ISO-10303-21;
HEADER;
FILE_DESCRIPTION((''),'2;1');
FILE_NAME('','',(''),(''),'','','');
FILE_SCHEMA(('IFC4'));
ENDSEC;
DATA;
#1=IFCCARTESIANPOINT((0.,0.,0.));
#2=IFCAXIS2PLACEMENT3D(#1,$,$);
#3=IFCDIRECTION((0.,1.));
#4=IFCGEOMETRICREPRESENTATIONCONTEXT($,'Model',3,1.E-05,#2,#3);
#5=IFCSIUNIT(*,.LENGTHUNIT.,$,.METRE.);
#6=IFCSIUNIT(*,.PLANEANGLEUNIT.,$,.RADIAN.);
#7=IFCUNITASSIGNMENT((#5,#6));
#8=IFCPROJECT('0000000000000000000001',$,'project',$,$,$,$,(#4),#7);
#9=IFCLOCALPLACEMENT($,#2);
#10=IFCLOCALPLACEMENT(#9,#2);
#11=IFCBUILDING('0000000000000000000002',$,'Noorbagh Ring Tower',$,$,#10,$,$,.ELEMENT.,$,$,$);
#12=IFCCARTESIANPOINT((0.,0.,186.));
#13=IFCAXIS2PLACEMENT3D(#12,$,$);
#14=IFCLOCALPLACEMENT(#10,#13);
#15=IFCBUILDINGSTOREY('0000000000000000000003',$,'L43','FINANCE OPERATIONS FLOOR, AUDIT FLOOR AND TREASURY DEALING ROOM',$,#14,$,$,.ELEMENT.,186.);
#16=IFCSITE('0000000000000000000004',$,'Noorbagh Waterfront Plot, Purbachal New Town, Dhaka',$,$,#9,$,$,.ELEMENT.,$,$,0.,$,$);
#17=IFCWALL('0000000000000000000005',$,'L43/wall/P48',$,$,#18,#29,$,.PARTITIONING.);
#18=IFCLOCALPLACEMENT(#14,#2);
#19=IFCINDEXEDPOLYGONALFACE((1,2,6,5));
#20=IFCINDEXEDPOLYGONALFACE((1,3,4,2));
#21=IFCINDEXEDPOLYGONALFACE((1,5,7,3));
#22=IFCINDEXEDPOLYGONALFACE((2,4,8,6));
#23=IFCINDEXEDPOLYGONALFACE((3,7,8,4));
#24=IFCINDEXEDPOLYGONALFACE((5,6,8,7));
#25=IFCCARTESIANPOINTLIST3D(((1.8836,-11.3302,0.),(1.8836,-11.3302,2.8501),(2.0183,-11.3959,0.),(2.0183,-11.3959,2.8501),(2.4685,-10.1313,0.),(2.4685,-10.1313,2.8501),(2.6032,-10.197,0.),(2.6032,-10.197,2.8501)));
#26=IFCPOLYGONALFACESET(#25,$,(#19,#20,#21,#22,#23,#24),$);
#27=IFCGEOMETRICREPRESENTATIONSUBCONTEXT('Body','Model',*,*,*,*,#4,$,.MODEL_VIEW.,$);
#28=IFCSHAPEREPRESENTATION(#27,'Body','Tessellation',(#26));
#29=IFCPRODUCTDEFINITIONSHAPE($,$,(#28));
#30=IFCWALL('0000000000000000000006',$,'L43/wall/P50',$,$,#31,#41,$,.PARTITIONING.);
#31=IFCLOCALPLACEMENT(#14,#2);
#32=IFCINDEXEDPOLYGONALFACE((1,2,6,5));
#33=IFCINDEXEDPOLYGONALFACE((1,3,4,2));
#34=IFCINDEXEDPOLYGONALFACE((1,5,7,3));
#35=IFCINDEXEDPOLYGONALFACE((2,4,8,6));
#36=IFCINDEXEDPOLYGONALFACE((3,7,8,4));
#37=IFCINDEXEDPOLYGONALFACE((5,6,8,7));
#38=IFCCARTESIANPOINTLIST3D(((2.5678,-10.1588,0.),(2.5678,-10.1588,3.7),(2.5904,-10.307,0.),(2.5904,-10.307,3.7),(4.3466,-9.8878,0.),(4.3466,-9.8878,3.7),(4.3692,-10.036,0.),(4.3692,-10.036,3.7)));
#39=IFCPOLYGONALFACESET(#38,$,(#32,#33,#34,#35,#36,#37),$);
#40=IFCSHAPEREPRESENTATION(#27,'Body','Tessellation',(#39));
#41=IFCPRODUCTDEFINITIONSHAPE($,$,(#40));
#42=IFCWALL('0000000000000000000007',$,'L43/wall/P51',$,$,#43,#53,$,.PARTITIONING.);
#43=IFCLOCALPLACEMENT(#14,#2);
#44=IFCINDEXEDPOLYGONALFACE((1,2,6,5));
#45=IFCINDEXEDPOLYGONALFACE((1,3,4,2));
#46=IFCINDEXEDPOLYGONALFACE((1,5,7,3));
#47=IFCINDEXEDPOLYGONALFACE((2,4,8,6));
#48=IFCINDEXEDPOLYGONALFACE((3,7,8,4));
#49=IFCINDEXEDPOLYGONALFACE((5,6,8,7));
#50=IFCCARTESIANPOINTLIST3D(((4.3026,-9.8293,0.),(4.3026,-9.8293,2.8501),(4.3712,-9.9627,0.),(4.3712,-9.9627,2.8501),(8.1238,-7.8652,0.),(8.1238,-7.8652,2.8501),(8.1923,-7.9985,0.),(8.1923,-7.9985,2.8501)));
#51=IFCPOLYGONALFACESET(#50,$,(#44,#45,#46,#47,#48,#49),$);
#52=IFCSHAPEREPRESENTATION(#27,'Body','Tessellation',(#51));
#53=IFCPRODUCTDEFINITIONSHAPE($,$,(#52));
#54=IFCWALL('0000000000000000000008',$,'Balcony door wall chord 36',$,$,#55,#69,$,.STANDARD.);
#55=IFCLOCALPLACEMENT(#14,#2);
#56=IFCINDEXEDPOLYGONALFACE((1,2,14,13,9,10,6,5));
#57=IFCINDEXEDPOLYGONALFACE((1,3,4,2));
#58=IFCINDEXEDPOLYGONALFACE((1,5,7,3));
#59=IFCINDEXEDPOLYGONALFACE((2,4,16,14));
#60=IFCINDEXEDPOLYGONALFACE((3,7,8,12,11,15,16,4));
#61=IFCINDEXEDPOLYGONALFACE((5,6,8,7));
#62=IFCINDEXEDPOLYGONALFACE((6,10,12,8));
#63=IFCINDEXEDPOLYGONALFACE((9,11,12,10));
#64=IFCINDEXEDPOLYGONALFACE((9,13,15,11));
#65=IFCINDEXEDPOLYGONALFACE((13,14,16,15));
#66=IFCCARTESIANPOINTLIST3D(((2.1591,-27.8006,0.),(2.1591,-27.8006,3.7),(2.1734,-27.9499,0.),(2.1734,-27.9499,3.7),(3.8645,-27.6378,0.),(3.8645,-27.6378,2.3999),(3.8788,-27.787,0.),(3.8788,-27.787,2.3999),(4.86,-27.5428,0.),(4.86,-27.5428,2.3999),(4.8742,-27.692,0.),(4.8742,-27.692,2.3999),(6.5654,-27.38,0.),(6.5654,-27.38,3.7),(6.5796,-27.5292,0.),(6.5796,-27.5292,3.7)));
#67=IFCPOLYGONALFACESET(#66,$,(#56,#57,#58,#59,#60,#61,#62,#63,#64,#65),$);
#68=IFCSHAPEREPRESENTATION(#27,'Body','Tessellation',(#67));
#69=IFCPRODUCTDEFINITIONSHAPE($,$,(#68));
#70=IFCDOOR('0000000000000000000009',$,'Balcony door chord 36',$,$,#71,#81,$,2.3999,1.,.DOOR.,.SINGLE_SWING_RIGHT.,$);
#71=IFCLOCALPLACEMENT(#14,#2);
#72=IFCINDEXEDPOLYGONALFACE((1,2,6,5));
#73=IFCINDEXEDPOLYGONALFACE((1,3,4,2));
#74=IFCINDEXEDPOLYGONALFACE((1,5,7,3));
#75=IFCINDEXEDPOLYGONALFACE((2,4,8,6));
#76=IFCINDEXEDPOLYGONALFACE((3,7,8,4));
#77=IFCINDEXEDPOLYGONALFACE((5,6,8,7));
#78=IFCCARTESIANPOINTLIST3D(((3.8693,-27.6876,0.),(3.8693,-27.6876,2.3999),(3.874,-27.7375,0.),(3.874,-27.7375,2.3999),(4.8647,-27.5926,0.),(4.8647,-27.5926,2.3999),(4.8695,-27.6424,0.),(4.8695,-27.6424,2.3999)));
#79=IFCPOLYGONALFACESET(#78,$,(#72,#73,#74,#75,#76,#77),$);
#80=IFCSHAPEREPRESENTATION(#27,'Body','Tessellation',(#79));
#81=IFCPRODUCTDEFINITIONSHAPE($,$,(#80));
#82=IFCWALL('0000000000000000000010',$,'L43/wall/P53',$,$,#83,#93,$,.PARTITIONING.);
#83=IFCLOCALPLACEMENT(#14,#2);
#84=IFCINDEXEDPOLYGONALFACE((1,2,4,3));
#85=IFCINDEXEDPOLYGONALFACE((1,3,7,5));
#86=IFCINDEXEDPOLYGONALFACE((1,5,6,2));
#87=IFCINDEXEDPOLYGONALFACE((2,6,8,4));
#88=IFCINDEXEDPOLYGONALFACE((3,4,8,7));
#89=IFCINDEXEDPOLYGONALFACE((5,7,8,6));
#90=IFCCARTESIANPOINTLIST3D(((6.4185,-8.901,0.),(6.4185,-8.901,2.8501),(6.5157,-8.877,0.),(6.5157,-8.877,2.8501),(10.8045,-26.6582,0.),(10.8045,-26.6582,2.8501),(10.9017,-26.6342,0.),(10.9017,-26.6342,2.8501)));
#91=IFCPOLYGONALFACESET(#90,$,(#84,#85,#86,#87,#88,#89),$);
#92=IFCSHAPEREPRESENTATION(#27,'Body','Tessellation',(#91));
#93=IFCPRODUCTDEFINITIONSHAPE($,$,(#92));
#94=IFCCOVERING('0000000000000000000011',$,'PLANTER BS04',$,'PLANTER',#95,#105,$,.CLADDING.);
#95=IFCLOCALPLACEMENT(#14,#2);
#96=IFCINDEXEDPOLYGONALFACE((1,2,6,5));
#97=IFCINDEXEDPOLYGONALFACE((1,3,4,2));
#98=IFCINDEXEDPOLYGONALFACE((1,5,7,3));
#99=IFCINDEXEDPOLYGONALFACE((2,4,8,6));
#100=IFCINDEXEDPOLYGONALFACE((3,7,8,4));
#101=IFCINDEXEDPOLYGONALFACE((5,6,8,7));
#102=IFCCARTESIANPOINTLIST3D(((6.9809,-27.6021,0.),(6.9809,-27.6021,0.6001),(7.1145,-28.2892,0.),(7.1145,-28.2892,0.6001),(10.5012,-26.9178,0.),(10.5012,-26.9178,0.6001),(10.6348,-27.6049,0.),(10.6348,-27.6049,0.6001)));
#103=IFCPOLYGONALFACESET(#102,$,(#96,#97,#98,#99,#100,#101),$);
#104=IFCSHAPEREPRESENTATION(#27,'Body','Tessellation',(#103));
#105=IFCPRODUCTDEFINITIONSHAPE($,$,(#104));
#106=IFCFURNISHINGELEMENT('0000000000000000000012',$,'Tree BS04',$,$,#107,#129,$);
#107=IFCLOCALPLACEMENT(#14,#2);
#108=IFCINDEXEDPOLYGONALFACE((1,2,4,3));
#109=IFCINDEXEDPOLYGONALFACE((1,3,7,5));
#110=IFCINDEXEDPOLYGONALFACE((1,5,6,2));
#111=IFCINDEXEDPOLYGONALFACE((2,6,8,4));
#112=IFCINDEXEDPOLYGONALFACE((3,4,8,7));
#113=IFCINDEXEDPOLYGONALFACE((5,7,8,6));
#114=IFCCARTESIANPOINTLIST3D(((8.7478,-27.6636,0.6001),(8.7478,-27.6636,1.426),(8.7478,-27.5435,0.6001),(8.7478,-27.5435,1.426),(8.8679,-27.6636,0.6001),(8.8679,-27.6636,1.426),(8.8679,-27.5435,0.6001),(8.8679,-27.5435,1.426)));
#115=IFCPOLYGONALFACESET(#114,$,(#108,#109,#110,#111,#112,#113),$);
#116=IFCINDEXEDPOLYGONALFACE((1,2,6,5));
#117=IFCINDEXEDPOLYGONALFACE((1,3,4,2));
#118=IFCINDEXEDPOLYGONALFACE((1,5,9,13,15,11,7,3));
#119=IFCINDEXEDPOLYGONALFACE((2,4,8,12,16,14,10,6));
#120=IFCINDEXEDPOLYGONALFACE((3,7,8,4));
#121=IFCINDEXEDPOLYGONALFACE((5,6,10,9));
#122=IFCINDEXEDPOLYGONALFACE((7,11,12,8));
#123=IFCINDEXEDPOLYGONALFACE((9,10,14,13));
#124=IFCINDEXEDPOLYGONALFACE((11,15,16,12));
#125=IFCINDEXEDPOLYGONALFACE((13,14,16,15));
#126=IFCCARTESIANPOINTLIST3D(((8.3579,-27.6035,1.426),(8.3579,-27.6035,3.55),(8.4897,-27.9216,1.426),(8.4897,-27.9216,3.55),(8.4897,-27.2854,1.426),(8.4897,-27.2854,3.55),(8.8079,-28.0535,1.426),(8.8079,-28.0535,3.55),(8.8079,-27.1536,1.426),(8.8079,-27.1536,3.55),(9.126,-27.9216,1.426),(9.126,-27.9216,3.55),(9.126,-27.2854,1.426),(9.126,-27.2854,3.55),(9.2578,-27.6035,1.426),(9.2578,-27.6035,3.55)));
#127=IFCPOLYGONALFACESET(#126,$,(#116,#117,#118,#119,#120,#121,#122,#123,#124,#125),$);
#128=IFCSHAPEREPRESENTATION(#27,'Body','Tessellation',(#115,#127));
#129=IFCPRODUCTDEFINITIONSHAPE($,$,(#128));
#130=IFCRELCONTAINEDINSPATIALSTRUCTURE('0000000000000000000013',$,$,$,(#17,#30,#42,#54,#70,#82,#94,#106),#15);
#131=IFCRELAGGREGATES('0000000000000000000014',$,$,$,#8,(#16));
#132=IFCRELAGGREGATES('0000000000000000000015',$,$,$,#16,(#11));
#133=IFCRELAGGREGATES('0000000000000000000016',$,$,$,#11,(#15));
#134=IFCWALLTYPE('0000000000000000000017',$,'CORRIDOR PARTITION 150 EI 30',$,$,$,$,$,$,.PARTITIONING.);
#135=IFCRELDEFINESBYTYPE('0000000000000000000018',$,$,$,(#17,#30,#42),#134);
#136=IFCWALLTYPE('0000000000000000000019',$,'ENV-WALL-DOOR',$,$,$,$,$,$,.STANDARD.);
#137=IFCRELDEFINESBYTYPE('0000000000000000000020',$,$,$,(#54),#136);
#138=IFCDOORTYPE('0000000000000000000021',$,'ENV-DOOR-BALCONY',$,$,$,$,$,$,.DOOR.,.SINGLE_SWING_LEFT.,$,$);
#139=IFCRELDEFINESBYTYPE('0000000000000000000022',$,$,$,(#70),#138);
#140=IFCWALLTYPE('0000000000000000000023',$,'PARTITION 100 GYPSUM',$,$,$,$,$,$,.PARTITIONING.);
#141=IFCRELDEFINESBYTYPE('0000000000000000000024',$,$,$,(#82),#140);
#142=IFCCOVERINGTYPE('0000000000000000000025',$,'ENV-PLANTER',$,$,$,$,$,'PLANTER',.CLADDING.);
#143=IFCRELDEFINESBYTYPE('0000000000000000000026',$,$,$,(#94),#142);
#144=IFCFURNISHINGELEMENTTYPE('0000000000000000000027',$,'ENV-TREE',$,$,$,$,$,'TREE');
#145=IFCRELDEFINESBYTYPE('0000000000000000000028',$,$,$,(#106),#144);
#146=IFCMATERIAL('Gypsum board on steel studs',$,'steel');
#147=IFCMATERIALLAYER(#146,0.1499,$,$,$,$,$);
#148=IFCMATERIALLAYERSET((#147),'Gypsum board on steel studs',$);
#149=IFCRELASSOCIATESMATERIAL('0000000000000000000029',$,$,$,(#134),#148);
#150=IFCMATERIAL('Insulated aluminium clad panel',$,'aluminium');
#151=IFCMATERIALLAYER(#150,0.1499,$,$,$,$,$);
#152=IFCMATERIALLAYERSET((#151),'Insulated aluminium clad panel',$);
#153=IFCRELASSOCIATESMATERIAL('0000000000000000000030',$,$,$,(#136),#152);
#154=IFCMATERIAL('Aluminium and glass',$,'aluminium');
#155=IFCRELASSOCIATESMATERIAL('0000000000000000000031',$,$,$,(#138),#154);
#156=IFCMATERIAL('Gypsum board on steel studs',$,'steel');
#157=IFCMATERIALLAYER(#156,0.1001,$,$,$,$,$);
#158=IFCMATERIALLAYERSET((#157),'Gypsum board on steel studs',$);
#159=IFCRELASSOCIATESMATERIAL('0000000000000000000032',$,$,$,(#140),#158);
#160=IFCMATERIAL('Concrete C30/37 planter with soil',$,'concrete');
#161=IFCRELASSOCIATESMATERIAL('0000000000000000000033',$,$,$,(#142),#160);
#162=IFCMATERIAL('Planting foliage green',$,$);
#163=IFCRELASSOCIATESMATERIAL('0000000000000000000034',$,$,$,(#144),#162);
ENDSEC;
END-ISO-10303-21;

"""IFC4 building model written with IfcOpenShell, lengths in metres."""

from ifc_helpers import new_model, si_unit, direction, frame, frame_2d, origin, origin_2d, place, context, subcontext, project, spatial, polyline, rectangle, outline, extrude, material, layer, layer_set, type_object, element, fill, save


model = new_model("IFC4")

# Units and contexts
model_context = context("Model", 3, precision=1e-05, world=origin(), true_north=direction((0.0, 1.0)))
body_context = subcontext(model_context, "Body", "Model", "MODEL_VIEW")
ifc_project = project(units=[si_unit("LENGTHUNIT", "METRE"), si_unit("PLANEANGLEUNIT", "RADIAN")], contexts=[model_context])

# Site, building, storey
site_placement = place(None, origin())
site = spatial("IfcSite", under=ifc_project, at=site_placement, Name="Noorbagh Waterfront Plot, Purbachal New Town, Dhaka", CompositionType="ELEMENT", RefElevation=0.0)
building_placement = place(site_placement, origin())
building = spatial("IfcBuilding", under=site, at=building_placement, Name="Noorbagh Ring Tower", CompositionType="ELEMENT")
storey_placement = place(building_placement, frame((0.0, 0.0, 186.0)))
storey = spatial("IfcBuildingStorey", under=building, at=storey_placement, Name="L43", Description="FINANCE OPERATIONS FLOOR, AUDIT FLOOR AND TREASURY DEALING ROOM", CompositionType="ELEMENT", Elevation=186.0)

# Walls
ifc_material_1 = material(Name="Gypsum board on steel studs", Category="steel")
ifc_layer_1 = layer(ifc_material_1, 0.1499)
ifc_layer_set_1 = layer_set([ifc_layer_1], Name="Gypsum board on steel studs")
wall_type_1 = type_object("IfcWallType", Name="CORRIDOR PARTITION 150 EI 30", PredefinedType="PARTITIONING", material=ifc_layer_set_1)
wall_1_placement = place(storey_placement, frame((1.9509, -11.363, 0.0), z_axis=(0.0, 0.0, 1.0), x_axis=(0.438481, 0.89874, 0.0)))
element("IfcWall", 1, at=wall_1_placement, inside=storey, type_object=wall_type_1, Name="L43/wall/P48", PredefinedType="PARTITIONING", context=body_context, shape_type="SweptSolid", body=[
    extrude(rectangle(XDim=1.334, YDim=0.1499, at=frame_2d((0.667, 0.0))), origin(), (0.0, 0.0, 1.0), 2.8501),
])
wall_2_placement = place(storey_placement, frame((2.5791, -10.2329, 0.0), z_axis=(0.0, 0.0, 1.0), x_axis=(0.988593, 0.150609, 0.0)))
element("IfcWall", 2, at=wall_2_placement, inside=storey, type_object=wall_type_1, Name="L43/wall/P50", PredefinedType="PARTITIONING", context=body_context, shape_type="SweptSolid", body=[
    extrude(rectangle(XDim=1.7993, YDim=0.1499, at=frame_2d((0.8997, 0.0))), origin(), (0.0, 0.0, 1.0), 3.7),
])
wall_3_placement = place(storey_placement, frame((4.3369, -9.896, 0.0), z_axis=(0.0, 0.0, 1.0), x_axis=(0.889382, 0.457164, 0.0)))
element("IfcWall", 3, at=wall_3_placement, inside=storey, type_object=wall_type_1, Name="L43/wall/P51", PredefinedType="PARTITIONING", context=body_context, shape_type="SweptSolid", body=[
    extrude(rectangle(XDim=4.2964, YDim=0.1499, at=frame_2d((2.1482, 0.0))), origin(), (0.0, 0.0, 1.0), 2.8501),
])

# Wall, opening, door
ifc_material_2 = material(Name="Insulated aluminium clad panel", Category="aluminium")
ifc_layer_2 = layer(ifc_material_2, 0.1499)
ifc_layer_set_2 = layer_set([ifc_layer_2], Name="Insulated aluminium clad panel")
wall_type_2 = type_object("IfcWallType", Name="ENV-WALL-DOOR", PredefinedType="STANDARD", material=ifc_layer_set_2)
wall_4_placement = place(storey_placement, frame((2.1663, -27.8752, 0.0), z_axis=(0.0, 0.0, 1.0), x_axis=(0.995474, 0.095036, 0.0)))
wall_4 = element("IfcWall", 4, at=wall_4_placement, inside=storey, type_object=wall_type_2, Name="Balcony door wall chord 36", PredefinedType="STANDARD", context=body_context, shape_type="SweptSolid", body=[
    extrude(rectangle(XDim=4.4263, YDim=0.1499, at=frame_2d((2.2131, 0.0))), origin(), (0.0, 0.0, 1.0), 3.7),
])
opening_placement = place(wall_4_placement, frame((1.7131, 0.0, 0.0)))
opening = element("IfcOpeningElement", 5, at=opening_placement, cuts=wall_4, PredefinedType="OPENING", context=body_context, shape_type="SweptSolid", body=[
    extrude(rectangle(XDim=1.0, YDim=2.3999, at=frame_2d((0.5, 1.2))), frame((0.0, 0.085, 0.0), z_axis=(0.0, -1.0, 0.0), x_axis=(1.0, 0.0, 0.0)), (0.0, 0.0, 1.0), 0.1699),
])
ifc_material_3 = material(Name="Aluminium and glass", Category="aluminium")
door_type = type_object("IfcDoorType", Name="ENV-DOOR-BALCONY", OperationType="SINGLE_SWING_LEFT", PredefinedType="DOOR", material=ifc_material_3)
door_placement = place(opening_placement, origin())
door = element("IfcDoor", 6, at=door_placement, inside=storey, type_object=door_type, Name="Balcony door chord 36", OperationType="SINGLE_SWING_RIGHT", OverallHeight=2.3999, OverallWidth=1.0, PredefinedType="DOOR", context=body_context, shape_type="SweptSolid", body=[
    extrude(rectangle(XDim=1.0, YDim=2.3999, at=frame_2d((0.5, 1.2))), frame((0.0, 0.0249, 0.0), z_axis=(0.0, -1.0, 0.0), x_axis=(1.0, 0.0, 0.0)), (0.0, 0.0, 1.0), 0.05),
])
fill(opening, door)

# Wall
ifc_material_4 = material(Name="Gypsum board on steel studs", Category="steel")
ifc_layer_3 = layer(ifc_material_4, 0.1001)
ifc_layer_set_3 = layer_set([ifc_layer_3], Name="Gypsum board on steel studs")
wall_type_3 = type_object("IfcWallType", Name="PARTITION 100 GYPSUM", PredefinedType="PARTITIONING", material=ifc_layer_set_3)
wall_5_placement = place(storey_placement, frame((6.467, -8.8889, 0.0), z_axis=(0.0, 0.0, 1.0), x_axis=(0.239793, -0.970824, 0.0)))
element("IfcWall", 7, at=wall_5_placement, inside=storey, type_object=wall_type_3, Name="L43/wall/P53", PredefinedType="PARTITIONING", context=body_context, shape_type="SweptSolid", body=[
    extrude(rectangle(XDim=18.2908, YDim=0.1001, at=frame_2d((9.1455, 0.0))), origin(), (0.0, 0.0, 1.0), 2.8501),
])

# Covering
ifc_material_5 = material(Name="Concrete C30/37 planter with soil", Category="concrete")
covering_type = type_object("IfcCoveringType", Name="ENV-PLANTER", ElementType="PLANTER", PredefinedType="CLADDING", material=ifc_material_5)
covering_placement = place(storey_placement, frame((8.8079, -27.6035, 0.0), z_axis=(0.0, 0.0, 1.0), x_axis=(0.981625, 0.19082, 0.0)))
element("IfcCovering", 8, at=covering_placement, inside=storey, type_object=covering_type, Name="PLANTER BS04", ObjectType="PLANTER", PredefinedType="CLADDING", context=body_context, shape_type="SweptSolid", body=[
    extrude(rectangle(XDim=3.5862, YDim=0.7, at=origin_2d()), origin(), (0.0, 0.0, 1.0), 0.6001),
])

# Furnishing element
ifc_material_6 = material(Name="Planting foliage green")
furnishing_element_type = type_object("IfcFurnishingElementType", Name="ENV-TREE", ElementType="TREE", material=ifc_material_6)
furnishing_placement = place(storey_placement, frame((8.8079, -27.6035, 0.6001), z_axis=(0.0, 0.0, 1.0), x_axis=(1.0, 0.0, 0.0)))
element("IfcFurnishingElement", 9, at=furnishing_placement, inside=storey, type_object=furnishing_element_type, Name="Tree BS04", context=body_context, shape_type="SweptSolid", body=[
    extrude(rectangle(XDim=0.1201, YDim=0.1201, at=origin_2d()), origin(), (0.0, 0.0, 1.0), 0.8259),
    extrude(outline(polyline([(0.45, 0.0), (0.3181, 0.3181), (0.0, 0.45), (-0.3181, 0.3181), (-0.45, 0.0), (-0.3181, -0.3181), (0.0, -0.45), (0.3181, -0.3181), (0.45, 0.0)])), frame((0.0, 0.0, 0.8259)), (0.0, 0.0, 1.0), 2.124),
])

save(model, "model.ifc")
